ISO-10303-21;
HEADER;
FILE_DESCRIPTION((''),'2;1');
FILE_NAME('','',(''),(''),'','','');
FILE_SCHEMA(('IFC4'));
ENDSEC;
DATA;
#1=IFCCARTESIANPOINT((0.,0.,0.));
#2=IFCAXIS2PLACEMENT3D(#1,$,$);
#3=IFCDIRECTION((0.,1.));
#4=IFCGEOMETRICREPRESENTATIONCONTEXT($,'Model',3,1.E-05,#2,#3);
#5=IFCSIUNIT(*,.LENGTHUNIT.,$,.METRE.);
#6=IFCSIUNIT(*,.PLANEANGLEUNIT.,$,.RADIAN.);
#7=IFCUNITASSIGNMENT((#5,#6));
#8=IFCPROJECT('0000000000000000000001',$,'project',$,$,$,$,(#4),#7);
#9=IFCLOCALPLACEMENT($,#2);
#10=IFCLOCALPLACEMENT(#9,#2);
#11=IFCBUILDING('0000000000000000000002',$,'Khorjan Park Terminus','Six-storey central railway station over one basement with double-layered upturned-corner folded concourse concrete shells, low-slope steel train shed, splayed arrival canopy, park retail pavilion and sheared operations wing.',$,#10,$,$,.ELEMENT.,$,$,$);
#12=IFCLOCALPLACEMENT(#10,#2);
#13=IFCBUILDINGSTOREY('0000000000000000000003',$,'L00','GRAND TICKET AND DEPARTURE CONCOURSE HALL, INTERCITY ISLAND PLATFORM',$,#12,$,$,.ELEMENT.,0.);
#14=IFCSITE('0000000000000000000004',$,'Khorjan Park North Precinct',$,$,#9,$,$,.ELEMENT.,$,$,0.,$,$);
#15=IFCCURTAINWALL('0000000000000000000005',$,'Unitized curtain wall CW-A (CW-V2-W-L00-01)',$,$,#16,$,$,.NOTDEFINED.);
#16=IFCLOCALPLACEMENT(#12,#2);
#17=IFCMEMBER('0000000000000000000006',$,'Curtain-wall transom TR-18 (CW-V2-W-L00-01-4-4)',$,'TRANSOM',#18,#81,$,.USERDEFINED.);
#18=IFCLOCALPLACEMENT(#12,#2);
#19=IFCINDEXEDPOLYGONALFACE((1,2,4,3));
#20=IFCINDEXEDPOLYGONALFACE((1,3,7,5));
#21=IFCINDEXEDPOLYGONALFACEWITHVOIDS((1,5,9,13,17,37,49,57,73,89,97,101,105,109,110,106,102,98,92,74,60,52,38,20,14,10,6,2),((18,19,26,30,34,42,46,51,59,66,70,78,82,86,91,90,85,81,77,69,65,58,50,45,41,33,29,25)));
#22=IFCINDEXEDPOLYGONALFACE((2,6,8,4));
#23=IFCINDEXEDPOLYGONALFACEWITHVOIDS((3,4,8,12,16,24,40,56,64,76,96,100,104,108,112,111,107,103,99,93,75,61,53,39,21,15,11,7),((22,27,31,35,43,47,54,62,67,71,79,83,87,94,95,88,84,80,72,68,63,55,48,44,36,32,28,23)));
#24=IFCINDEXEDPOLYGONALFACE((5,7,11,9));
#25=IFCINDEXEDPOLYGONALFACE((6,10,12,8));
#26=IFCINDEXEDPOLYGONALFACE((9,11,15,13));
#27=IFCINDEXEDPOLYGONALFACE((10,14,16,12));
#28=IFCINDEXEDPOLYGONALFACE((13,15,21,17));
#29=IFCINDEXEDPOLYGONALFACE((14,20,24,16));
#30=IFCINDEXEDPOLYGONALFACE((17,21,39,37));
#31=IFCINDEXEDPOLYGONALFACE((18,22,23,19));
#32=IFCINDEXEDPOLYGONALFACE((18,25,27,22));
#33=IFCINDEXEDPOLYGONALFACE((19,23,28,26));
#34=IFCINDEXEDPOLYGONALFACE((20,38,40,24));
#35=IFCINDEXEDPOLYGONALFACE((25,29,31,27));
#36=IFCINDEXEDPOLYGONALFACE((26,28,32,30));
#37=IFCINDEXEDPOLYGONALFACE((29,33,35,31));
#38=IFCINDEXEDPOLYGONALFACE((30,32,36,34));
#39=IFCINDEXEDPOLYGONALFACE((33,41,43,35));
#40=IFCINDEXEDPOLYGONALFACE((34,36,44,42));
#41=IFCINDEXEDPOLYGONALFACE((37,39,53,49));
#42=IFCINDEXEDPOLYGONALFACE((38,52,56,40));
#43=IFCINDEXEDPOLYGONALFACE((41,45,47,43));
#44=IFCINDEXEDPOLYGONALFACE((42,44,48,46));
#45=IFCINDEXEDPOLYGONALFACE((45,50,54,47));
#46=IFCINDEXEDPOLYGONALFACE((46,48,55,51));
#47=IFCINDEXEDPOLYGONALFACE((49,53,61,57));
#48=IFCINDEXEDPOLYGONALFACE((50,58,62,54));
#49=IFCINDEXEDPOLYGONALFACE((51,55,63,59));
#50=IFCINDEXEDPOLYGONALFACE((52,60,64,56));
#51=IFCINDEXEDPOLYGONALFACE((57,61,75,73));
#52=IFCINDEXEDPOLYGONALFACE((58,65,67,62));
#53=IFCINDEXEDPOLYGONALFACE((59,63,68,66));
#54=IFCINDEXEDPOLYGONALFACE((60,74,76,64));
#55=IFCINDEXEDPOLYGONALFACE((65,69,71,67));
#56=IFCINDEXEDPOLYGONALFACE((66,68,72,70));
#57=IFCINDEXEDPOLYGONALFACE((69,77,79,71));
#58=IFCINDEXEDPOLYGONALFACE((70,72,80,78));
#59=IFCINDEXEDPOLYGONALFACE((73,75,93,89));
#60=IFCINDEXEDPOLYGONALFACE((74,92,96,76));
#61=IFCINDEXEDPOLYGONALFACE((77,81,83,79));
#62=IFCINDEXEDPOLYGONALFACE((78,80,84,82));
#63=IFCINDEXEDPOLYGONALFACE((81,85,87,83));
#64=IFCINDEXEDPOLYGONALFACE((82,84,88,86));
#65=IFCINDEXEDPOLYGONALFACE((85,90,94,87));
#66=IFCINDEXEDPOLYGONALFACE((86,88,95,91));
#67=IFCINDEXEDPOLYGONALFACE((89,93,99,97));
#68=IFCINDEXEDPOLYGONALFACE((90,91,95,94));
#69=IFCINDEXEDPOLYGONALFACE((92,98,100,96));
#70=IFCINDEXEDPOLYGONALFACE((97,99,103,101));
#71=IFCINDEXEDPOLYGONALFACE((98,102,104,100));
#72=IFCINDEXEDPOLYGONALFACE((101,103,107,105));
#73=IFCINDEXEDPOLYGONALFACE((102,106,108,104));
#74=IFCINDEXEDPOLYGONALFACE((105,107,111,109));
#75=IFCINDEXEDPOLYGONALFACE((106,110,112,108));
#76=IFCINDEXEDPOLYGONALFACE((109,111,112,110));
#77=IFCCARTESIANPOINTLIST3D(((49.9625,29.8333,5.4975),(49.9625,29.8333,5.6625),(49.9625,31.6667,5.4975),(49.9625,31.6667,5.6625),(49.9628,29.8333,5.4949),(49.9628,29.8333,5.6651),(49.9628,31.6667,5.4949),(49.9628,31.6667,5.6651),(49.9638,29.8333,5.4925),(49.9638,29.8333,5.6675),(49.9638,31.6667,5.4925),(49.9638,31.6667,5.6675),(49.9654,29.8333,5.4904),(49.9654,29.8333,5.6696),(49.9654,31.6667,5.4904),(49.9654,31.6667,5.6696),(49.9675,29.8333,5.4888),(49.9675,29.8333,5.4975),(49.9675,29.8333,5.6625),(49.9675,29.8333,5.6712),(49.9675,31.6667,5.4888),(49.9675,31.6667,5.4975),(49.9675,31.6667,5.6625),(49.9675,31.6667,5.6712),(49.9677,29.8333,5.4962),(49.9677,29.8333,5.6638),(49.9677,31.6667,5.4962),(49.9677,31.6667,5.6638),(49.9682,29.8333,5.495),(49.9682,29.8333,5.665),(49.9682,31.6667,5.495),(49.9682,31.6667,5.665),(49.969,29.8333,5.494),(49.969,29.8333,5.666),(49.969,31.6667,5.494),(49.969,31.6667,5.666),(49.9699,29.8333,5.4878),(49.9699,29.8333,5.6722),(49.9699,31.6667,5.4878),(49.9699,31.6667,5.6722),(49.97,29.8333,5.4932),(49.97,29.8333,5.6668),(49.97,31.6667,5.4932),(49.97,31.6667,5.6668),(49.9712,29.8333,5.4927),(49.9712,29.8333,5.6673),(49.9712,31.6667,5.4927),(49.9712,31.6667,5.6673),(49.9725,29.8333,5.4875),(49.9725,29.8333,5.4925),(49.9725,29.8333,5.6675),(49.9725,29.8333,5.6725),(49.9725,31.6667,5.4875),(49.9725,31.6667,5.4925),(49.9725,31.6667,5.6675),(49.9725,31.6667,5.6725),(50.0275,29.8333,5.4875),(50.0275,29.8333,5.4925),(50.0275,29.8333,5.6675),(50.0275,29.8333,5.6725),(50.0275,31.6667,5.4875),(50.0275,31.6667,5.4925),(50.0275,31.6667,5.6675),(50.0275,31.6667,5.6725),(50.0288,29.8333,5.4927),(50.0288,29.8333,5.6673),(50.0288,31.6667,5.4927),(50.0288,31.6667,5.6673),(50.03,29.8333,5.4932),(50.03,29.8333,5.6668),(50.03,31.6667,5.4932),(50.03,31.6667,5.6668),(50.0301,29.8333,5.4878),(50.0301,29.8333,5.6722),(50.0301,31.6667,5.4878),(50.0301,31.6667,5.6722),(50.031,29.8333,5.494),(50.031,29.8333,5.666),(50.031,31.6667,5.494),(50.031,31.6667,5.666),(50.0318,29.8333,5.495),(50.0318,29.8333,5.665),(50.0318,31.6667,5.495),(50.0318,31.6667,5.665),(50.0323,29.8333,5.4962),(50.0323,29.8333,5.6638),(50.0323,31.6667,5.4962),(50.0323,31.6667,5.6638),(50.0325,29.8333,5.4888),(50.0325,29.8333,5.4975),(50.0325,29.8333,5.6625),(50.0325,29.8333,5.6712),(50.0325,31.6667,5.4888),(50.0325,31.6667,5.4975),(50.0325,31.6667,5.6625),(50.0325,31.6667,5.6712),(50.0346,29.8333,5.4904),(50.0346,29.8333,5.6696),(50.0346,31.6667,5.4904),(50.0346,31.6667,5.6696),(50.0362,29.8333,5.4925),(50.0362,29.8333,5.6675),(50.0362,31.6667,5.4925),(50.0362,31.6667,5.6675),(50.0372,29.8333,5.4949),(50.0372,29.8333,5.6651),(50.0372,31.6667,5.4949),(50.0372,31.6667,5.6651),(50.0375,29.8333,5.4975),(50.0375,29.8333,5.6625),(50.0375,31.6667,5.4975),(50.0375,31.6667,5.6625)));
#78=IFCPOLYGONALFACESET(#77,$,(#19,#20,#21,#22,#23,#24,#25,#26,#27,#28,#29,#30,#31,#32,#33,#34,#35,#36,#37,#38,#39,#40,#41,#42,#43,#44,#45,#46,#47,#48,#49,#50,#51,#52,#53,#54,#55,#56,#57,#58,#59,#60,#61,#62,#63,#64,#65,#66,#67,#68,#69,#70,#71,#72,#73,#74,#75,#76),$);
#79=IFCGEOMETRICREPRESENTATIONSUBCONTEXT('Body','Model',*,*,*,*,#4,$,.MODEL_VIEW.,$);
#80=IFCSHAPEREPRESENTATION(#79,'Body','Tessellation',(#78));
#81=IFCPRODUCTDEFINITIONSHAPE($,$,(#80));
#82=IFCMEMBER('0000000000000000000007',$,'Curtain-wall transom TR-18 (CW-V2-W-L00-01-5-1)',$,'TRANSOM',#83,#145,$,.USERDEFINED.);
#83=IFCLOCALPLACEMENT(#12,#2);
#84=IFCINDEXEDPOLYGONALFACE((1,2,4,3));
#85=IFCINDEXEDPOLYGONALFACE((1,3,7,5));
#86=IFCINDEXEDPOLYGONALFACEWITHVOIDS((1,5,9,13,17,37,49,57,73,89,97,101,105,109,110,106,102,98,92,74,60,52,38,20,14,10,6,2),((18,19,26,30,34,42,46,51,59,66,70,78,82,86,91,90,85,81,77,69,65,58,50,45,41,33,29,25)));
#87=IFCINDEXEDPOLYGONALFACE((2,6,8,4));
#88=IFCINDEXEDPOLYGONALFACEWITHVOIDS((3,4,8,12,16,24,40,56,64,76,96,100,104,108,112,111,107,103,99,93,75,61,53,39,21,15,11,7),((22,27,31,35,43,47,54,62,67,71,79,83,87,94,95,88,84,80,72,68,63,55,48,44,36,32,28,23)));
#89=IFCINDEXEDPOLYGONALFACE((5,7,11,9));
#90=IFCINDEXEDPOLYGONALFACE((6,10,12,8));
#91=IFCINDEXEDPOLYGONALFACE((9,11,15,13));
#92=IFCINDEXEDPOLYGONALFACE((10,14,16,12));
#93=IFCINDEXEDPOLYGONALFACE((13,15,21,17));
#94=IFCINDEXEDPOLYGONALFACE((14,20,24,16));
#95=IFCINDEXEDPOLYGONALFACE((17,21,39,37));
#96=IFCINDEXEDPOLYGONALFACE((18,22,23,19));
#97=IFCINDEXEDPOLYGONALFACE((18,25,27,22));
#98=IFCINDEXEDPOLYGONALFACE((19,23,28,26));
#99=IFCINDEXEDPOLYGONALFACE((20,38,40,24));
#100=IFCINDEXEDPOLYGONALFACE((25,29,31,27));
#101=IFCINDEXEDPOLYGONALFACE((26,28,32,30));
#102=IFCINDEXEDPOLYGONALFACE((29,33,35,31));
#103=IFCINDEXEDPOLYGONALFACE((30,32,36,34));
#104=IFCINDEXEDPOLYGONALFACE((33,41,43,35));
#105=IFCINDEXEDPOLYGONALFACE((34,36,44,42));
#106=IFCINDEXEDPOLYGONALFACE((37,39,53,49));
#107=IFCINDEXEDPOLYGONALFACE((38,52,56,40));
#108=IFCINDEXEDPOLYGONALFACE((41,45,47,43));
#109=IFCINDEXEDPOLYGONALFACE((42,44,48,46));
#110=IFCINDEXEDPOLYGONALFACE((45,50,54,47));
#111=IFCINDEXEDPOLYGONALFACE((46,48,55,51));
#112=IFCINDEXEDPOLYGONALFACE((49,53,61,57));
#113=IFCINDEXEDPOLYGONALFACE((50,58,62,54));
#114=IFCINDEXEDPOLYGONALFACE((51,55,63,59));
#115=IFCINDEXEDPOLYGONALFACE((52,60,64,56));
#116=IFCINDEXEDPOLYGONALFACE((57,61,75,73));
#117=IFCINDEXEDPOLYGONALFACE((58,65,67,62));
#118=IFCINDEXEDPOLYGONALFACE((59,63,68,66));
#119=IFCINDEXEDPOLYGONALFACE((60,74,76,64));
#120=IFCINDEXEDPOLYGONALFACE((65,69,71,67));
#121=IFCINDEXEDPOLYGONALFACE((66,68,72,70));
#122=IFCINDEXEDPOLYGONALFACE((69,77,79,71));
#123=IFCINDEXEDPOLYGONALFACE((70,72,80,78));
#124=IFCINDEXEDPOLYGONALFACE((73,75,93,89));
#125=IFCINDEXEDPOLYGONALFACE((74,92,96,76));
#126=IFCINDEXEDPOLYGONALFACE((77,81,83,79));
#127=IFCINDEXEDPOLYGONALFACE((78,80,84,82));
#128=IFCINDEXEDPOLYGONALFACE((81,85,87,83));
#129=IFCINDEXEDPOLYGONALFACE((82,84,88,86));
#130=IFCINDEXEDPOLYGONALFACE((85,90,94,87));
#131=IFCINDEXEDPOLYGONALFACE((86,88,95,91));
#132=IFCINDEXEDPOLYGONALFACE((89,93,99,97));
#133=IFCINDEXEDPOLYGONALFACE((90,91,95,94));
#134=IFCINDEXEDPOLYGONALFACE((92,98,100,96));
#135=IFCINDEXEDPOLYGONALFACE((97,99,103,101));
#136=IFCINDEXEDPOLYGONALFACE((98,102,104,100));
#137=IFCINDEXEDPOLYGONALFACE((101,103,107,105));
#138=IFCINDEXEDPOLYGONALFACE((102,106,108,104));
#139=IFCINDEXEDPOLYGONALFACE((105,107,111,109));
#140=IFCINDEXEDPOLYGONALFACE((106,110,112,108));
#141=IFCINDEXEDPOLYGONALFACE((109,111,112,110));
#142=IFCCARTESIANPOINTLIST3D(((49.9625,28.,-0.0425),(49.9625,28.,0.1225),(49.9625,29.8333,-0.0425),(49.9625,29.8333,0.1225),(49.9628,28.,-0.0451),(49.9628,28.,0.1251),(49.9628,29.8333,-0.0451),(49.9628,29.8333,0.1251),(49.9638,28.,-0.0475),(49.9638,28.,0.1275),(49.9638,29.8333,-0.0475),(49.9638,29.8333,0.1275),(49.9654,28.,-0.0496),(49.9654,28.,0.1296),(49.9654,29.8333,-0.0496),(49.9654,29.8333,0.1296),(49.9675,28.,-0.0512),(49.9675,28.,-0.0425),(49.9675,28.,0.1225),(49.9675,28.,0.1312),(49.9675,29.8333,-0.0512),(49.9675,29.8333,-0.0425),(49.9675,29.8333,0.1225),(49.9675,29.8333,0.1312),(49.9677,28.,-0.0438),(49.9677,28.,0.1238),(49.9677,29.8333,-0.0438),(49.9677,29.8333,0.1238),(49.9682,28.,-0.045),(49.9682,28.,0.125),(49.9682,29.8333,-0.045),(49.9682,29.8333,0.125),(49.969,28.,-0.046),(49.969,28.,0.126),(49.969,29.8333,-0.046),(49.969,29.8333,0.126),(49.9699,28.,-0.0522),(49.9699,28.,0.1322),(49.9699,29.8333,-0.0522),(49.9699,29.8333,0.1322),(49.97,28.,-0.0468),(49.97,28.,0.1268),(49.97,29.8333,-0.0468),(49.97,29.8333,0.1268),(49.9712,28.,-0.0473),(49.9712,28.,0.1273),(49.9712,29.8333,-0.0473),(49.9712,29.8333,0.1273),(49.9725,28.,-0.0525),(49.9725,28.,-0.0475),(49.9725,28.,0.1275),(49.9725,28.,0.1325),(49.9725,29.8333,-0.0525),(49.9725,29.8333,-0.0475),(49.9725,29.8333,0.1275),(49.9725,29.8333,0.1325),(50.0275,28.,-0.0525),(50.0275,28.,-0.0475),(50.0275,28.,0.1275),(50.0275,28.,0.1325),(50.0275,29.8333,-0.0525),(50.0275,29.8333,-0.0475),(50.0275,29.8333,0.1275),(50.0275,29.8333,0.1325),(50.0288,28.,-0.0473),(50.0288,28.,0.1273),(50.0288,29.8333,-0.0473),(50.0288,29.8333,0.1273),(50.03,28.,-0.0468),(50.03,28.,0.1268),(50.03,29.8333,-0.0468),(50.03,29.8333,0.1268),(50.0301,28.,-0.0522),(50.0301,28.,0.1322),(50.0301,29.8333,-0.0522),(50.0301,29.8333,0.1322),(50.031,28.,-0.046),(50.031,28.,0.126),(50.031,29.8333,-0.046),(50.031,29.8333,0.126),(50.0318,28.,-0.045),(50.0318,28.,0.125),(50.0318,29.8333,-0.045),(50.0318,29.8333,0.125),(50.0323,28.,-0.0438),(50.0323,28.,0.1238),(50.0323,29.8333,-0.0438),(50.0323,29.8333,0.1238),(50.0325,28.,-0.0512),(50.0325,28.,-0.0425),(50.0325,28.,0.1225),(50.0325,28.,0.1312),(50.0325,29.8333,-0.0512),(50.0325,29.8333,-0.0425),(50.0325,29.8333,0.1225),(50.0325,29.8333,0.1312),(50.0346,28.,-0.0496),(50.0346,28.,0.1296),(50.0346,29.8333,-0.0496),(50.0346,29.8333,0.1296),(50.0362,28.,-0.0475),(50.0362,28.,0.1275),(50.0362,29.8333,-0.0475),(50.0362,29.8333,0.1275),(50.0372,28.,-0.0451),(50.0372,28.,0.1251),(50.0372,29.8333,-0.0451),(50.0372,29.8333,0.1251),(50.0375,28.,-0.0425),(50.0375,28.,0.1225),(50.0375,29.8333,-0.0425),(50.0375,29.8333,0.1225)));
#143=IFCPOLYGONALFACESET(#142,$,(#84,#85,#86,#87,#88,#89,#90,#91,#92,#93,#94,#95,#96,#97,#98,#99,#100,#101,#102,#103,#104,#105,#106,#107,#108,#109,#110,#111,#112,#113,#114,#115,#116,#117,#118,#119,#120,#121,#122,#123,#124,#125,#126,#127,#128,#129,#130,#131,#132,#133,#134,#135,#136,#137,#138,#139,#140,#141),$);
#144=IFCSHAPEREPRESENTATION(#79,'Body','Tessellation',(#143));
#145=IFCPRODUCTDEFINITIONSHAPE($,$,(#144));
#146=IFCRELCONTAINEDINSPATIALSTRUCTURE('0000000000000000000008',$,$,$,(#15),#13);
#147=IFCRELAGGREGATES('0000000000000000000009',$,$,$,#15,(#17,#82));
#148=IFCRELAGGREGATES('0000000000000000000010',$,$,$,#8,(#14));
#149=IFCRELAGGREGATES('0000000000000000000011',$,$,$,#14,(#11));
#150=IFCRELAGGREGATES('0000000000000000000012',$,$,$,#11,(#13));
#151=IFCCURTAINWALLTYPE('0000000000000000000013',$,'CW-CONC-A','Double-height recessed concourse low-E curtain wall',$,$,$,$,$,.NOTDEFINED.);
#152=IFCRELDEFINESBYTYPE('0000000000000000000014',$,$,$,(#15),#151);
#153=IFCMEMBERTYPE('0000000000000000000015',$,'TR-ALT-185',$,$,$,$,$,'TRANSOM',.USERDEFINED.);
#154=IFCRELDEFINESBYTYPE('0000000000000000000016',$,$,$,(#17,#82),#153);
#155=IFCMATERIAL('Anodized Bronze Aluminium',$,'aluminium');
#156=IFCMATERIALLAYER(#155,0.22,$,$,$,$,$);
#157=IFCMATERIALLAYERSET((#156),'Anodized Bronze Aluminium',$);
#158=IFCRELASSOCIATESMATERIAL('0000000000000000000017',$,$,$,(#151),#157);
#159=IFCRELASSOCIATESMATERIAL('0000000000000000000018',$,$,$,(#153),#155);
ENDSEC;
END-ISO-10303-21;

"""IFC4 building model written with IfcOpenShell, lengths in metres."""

from ifc_helpers import new_model, si_unit, direction, frame, origin, origin_2d, place, context, subcontext, project, spatial, hollow_rectangle, extrude, material, layer, layer_set, material_profile, profile_set, type_object, element, aggregate, save


model = new_model("IFC4")

# Units and contexts
model_context = context("Model", 3, precision=1e-05, world=origin(), true_north=direction((0.0, 1.0)))
body_context = subcontext(model_context, "Body", "Model", "MODEL_VIEW")
ifc_project = project(units=[si_unit("LENGTHUNIT", "METRE"), si_unit("PLANEANGLEUNIT", "RADIAN")], contexts=[model_context])

# Site, building, storey
site_placement = place(None, origin())
site = spatial("IfcSite", under=ifc_project, at=site_placement, Name="Khorjan Park North Precinct", CompositionType="ELEMENT", RefElevation=0.0)
building_placement = place(site_placement, origin())
building = spatial("IfcBuilding", under=site, at=building_placement, Name="Khorjan Park Terminus", Description="Six-storey central railway station over one basement with double-layered upturned-corner folded concourse concrete shells, low-slope steel train shed, splayed arrival canopy, park retail pavilion and sheared operations wing.", CompositionType="ELEMENT")
storey_placement = place(building_placement, origin())
storey = spatial("IfcBuildingStorey", under=building, at=storey_placement, Name="L00", Description="GRAND TICKET AND DEPARTURE CONCOURSE HALL, INTERCITY ISLAND PLATFORM", CompositionType="ELEMENT", Elevation=0.0)

# Curtain wall, members
ifc_material_1 = material(Name="Anodized Bronze Aluminium", Category="aluminium")
ifc_layer_1 = layer(ifc_material_1, 0.22)
ifc_layer_set_1 = layer_set([ifc_layer_1], Name="Anodized Bronze Aluminium")
curtain_wall_type = type_object("IfcCurtainWallType", Name="CW-CONC-A", Description="Double-height recessed concourse low-E curtain wall", PredefinedType="NOTDEFINED", material=ifc_layer_set_1)
curtain_wall_placement = place(storey_placement, origin())
curtain_wall = element("IfcCurtainWall", 1, at=curtain_wall_placement, inside=storey, type_object=curtain_wall_type, Name="Unitized curtain wall CW-A (CW-V2-W-L00-01)", PredefinedType="NOTDEFINED")
ifc_material_profile_1 = material_profile(ifc_material_1, hollow_rectangle(XDim=0.075, YDim=0.185, WallThickness=0.005, InnerFilletRadius=0.005, OuterFilletRadius=0.01, at=origin_2d()), Name="ALT 75x185x5")
ifc_profile_set_1 = profile_set([ifc_material_profile_1], Name="Anodized Bronze Aluminium")
member_type_1 = type_object("IfcMemberType", Name="TR-ALT-185", ElementType="TRANSOM", PredefinedType="USERDEFINED", material=ifc_profile_set_1)
member_1_placement = place(storey_placement, frame((50.0, 31.6667, 5.58), z_axis=(0.0, -1.0, 0.0), x_axis=(1.0, 0.0, 0.0)))
member_1 = element("IfcMember", 2, at=member_1_placement, type_object=member_type_1, Name="Curtain-wall transom TR-18 (CW-V2-W-L00-01-4-4)", ObjectType="TRANSOM", PredefinedType="USERDEFINED", context=body_context, shape_type="SweptSolid", body=[
    extrude(hollow_rectangle(XDim=0.075, YDim=0.185, WallThickness=0.005, InnerFilletRadius=0.005, OuterFilletRadius=0.01, at=origin_2d()), origin(), (0.0, 0.0, 1.0), 1.8334),
])
member_2_placement = place(storey_placement, frame((50.0, 29.8333, 0.04), z_axis=(0.0, -1.0, 0.0), x_axis=(1.0, 0.0, 0.0)))
member_2 = element("IfcMember", 3, at=member_2_placement, type_object=member_type_1, Name="Curtain-wall transom TR-18 (CW-V2-W-L00-01-5-1)", ObjectType="TRANSOM", PredefinedType="USERDEFINED", context=body_context, shape_type="SweptSolid", body=[
    extrude(hollow_rectangle(XDim=0.075, YDim=0.185, WallThickness=0.005, InnerFilletRadius=0.005, OuterFilletRadius=0.01, at=origin_2d()), origin(), (0.0, 0.0, 1.0), 1.8333),
])
aggregate(curtain_wall, [member_1, member_2])

save(model, "model.ifc")
